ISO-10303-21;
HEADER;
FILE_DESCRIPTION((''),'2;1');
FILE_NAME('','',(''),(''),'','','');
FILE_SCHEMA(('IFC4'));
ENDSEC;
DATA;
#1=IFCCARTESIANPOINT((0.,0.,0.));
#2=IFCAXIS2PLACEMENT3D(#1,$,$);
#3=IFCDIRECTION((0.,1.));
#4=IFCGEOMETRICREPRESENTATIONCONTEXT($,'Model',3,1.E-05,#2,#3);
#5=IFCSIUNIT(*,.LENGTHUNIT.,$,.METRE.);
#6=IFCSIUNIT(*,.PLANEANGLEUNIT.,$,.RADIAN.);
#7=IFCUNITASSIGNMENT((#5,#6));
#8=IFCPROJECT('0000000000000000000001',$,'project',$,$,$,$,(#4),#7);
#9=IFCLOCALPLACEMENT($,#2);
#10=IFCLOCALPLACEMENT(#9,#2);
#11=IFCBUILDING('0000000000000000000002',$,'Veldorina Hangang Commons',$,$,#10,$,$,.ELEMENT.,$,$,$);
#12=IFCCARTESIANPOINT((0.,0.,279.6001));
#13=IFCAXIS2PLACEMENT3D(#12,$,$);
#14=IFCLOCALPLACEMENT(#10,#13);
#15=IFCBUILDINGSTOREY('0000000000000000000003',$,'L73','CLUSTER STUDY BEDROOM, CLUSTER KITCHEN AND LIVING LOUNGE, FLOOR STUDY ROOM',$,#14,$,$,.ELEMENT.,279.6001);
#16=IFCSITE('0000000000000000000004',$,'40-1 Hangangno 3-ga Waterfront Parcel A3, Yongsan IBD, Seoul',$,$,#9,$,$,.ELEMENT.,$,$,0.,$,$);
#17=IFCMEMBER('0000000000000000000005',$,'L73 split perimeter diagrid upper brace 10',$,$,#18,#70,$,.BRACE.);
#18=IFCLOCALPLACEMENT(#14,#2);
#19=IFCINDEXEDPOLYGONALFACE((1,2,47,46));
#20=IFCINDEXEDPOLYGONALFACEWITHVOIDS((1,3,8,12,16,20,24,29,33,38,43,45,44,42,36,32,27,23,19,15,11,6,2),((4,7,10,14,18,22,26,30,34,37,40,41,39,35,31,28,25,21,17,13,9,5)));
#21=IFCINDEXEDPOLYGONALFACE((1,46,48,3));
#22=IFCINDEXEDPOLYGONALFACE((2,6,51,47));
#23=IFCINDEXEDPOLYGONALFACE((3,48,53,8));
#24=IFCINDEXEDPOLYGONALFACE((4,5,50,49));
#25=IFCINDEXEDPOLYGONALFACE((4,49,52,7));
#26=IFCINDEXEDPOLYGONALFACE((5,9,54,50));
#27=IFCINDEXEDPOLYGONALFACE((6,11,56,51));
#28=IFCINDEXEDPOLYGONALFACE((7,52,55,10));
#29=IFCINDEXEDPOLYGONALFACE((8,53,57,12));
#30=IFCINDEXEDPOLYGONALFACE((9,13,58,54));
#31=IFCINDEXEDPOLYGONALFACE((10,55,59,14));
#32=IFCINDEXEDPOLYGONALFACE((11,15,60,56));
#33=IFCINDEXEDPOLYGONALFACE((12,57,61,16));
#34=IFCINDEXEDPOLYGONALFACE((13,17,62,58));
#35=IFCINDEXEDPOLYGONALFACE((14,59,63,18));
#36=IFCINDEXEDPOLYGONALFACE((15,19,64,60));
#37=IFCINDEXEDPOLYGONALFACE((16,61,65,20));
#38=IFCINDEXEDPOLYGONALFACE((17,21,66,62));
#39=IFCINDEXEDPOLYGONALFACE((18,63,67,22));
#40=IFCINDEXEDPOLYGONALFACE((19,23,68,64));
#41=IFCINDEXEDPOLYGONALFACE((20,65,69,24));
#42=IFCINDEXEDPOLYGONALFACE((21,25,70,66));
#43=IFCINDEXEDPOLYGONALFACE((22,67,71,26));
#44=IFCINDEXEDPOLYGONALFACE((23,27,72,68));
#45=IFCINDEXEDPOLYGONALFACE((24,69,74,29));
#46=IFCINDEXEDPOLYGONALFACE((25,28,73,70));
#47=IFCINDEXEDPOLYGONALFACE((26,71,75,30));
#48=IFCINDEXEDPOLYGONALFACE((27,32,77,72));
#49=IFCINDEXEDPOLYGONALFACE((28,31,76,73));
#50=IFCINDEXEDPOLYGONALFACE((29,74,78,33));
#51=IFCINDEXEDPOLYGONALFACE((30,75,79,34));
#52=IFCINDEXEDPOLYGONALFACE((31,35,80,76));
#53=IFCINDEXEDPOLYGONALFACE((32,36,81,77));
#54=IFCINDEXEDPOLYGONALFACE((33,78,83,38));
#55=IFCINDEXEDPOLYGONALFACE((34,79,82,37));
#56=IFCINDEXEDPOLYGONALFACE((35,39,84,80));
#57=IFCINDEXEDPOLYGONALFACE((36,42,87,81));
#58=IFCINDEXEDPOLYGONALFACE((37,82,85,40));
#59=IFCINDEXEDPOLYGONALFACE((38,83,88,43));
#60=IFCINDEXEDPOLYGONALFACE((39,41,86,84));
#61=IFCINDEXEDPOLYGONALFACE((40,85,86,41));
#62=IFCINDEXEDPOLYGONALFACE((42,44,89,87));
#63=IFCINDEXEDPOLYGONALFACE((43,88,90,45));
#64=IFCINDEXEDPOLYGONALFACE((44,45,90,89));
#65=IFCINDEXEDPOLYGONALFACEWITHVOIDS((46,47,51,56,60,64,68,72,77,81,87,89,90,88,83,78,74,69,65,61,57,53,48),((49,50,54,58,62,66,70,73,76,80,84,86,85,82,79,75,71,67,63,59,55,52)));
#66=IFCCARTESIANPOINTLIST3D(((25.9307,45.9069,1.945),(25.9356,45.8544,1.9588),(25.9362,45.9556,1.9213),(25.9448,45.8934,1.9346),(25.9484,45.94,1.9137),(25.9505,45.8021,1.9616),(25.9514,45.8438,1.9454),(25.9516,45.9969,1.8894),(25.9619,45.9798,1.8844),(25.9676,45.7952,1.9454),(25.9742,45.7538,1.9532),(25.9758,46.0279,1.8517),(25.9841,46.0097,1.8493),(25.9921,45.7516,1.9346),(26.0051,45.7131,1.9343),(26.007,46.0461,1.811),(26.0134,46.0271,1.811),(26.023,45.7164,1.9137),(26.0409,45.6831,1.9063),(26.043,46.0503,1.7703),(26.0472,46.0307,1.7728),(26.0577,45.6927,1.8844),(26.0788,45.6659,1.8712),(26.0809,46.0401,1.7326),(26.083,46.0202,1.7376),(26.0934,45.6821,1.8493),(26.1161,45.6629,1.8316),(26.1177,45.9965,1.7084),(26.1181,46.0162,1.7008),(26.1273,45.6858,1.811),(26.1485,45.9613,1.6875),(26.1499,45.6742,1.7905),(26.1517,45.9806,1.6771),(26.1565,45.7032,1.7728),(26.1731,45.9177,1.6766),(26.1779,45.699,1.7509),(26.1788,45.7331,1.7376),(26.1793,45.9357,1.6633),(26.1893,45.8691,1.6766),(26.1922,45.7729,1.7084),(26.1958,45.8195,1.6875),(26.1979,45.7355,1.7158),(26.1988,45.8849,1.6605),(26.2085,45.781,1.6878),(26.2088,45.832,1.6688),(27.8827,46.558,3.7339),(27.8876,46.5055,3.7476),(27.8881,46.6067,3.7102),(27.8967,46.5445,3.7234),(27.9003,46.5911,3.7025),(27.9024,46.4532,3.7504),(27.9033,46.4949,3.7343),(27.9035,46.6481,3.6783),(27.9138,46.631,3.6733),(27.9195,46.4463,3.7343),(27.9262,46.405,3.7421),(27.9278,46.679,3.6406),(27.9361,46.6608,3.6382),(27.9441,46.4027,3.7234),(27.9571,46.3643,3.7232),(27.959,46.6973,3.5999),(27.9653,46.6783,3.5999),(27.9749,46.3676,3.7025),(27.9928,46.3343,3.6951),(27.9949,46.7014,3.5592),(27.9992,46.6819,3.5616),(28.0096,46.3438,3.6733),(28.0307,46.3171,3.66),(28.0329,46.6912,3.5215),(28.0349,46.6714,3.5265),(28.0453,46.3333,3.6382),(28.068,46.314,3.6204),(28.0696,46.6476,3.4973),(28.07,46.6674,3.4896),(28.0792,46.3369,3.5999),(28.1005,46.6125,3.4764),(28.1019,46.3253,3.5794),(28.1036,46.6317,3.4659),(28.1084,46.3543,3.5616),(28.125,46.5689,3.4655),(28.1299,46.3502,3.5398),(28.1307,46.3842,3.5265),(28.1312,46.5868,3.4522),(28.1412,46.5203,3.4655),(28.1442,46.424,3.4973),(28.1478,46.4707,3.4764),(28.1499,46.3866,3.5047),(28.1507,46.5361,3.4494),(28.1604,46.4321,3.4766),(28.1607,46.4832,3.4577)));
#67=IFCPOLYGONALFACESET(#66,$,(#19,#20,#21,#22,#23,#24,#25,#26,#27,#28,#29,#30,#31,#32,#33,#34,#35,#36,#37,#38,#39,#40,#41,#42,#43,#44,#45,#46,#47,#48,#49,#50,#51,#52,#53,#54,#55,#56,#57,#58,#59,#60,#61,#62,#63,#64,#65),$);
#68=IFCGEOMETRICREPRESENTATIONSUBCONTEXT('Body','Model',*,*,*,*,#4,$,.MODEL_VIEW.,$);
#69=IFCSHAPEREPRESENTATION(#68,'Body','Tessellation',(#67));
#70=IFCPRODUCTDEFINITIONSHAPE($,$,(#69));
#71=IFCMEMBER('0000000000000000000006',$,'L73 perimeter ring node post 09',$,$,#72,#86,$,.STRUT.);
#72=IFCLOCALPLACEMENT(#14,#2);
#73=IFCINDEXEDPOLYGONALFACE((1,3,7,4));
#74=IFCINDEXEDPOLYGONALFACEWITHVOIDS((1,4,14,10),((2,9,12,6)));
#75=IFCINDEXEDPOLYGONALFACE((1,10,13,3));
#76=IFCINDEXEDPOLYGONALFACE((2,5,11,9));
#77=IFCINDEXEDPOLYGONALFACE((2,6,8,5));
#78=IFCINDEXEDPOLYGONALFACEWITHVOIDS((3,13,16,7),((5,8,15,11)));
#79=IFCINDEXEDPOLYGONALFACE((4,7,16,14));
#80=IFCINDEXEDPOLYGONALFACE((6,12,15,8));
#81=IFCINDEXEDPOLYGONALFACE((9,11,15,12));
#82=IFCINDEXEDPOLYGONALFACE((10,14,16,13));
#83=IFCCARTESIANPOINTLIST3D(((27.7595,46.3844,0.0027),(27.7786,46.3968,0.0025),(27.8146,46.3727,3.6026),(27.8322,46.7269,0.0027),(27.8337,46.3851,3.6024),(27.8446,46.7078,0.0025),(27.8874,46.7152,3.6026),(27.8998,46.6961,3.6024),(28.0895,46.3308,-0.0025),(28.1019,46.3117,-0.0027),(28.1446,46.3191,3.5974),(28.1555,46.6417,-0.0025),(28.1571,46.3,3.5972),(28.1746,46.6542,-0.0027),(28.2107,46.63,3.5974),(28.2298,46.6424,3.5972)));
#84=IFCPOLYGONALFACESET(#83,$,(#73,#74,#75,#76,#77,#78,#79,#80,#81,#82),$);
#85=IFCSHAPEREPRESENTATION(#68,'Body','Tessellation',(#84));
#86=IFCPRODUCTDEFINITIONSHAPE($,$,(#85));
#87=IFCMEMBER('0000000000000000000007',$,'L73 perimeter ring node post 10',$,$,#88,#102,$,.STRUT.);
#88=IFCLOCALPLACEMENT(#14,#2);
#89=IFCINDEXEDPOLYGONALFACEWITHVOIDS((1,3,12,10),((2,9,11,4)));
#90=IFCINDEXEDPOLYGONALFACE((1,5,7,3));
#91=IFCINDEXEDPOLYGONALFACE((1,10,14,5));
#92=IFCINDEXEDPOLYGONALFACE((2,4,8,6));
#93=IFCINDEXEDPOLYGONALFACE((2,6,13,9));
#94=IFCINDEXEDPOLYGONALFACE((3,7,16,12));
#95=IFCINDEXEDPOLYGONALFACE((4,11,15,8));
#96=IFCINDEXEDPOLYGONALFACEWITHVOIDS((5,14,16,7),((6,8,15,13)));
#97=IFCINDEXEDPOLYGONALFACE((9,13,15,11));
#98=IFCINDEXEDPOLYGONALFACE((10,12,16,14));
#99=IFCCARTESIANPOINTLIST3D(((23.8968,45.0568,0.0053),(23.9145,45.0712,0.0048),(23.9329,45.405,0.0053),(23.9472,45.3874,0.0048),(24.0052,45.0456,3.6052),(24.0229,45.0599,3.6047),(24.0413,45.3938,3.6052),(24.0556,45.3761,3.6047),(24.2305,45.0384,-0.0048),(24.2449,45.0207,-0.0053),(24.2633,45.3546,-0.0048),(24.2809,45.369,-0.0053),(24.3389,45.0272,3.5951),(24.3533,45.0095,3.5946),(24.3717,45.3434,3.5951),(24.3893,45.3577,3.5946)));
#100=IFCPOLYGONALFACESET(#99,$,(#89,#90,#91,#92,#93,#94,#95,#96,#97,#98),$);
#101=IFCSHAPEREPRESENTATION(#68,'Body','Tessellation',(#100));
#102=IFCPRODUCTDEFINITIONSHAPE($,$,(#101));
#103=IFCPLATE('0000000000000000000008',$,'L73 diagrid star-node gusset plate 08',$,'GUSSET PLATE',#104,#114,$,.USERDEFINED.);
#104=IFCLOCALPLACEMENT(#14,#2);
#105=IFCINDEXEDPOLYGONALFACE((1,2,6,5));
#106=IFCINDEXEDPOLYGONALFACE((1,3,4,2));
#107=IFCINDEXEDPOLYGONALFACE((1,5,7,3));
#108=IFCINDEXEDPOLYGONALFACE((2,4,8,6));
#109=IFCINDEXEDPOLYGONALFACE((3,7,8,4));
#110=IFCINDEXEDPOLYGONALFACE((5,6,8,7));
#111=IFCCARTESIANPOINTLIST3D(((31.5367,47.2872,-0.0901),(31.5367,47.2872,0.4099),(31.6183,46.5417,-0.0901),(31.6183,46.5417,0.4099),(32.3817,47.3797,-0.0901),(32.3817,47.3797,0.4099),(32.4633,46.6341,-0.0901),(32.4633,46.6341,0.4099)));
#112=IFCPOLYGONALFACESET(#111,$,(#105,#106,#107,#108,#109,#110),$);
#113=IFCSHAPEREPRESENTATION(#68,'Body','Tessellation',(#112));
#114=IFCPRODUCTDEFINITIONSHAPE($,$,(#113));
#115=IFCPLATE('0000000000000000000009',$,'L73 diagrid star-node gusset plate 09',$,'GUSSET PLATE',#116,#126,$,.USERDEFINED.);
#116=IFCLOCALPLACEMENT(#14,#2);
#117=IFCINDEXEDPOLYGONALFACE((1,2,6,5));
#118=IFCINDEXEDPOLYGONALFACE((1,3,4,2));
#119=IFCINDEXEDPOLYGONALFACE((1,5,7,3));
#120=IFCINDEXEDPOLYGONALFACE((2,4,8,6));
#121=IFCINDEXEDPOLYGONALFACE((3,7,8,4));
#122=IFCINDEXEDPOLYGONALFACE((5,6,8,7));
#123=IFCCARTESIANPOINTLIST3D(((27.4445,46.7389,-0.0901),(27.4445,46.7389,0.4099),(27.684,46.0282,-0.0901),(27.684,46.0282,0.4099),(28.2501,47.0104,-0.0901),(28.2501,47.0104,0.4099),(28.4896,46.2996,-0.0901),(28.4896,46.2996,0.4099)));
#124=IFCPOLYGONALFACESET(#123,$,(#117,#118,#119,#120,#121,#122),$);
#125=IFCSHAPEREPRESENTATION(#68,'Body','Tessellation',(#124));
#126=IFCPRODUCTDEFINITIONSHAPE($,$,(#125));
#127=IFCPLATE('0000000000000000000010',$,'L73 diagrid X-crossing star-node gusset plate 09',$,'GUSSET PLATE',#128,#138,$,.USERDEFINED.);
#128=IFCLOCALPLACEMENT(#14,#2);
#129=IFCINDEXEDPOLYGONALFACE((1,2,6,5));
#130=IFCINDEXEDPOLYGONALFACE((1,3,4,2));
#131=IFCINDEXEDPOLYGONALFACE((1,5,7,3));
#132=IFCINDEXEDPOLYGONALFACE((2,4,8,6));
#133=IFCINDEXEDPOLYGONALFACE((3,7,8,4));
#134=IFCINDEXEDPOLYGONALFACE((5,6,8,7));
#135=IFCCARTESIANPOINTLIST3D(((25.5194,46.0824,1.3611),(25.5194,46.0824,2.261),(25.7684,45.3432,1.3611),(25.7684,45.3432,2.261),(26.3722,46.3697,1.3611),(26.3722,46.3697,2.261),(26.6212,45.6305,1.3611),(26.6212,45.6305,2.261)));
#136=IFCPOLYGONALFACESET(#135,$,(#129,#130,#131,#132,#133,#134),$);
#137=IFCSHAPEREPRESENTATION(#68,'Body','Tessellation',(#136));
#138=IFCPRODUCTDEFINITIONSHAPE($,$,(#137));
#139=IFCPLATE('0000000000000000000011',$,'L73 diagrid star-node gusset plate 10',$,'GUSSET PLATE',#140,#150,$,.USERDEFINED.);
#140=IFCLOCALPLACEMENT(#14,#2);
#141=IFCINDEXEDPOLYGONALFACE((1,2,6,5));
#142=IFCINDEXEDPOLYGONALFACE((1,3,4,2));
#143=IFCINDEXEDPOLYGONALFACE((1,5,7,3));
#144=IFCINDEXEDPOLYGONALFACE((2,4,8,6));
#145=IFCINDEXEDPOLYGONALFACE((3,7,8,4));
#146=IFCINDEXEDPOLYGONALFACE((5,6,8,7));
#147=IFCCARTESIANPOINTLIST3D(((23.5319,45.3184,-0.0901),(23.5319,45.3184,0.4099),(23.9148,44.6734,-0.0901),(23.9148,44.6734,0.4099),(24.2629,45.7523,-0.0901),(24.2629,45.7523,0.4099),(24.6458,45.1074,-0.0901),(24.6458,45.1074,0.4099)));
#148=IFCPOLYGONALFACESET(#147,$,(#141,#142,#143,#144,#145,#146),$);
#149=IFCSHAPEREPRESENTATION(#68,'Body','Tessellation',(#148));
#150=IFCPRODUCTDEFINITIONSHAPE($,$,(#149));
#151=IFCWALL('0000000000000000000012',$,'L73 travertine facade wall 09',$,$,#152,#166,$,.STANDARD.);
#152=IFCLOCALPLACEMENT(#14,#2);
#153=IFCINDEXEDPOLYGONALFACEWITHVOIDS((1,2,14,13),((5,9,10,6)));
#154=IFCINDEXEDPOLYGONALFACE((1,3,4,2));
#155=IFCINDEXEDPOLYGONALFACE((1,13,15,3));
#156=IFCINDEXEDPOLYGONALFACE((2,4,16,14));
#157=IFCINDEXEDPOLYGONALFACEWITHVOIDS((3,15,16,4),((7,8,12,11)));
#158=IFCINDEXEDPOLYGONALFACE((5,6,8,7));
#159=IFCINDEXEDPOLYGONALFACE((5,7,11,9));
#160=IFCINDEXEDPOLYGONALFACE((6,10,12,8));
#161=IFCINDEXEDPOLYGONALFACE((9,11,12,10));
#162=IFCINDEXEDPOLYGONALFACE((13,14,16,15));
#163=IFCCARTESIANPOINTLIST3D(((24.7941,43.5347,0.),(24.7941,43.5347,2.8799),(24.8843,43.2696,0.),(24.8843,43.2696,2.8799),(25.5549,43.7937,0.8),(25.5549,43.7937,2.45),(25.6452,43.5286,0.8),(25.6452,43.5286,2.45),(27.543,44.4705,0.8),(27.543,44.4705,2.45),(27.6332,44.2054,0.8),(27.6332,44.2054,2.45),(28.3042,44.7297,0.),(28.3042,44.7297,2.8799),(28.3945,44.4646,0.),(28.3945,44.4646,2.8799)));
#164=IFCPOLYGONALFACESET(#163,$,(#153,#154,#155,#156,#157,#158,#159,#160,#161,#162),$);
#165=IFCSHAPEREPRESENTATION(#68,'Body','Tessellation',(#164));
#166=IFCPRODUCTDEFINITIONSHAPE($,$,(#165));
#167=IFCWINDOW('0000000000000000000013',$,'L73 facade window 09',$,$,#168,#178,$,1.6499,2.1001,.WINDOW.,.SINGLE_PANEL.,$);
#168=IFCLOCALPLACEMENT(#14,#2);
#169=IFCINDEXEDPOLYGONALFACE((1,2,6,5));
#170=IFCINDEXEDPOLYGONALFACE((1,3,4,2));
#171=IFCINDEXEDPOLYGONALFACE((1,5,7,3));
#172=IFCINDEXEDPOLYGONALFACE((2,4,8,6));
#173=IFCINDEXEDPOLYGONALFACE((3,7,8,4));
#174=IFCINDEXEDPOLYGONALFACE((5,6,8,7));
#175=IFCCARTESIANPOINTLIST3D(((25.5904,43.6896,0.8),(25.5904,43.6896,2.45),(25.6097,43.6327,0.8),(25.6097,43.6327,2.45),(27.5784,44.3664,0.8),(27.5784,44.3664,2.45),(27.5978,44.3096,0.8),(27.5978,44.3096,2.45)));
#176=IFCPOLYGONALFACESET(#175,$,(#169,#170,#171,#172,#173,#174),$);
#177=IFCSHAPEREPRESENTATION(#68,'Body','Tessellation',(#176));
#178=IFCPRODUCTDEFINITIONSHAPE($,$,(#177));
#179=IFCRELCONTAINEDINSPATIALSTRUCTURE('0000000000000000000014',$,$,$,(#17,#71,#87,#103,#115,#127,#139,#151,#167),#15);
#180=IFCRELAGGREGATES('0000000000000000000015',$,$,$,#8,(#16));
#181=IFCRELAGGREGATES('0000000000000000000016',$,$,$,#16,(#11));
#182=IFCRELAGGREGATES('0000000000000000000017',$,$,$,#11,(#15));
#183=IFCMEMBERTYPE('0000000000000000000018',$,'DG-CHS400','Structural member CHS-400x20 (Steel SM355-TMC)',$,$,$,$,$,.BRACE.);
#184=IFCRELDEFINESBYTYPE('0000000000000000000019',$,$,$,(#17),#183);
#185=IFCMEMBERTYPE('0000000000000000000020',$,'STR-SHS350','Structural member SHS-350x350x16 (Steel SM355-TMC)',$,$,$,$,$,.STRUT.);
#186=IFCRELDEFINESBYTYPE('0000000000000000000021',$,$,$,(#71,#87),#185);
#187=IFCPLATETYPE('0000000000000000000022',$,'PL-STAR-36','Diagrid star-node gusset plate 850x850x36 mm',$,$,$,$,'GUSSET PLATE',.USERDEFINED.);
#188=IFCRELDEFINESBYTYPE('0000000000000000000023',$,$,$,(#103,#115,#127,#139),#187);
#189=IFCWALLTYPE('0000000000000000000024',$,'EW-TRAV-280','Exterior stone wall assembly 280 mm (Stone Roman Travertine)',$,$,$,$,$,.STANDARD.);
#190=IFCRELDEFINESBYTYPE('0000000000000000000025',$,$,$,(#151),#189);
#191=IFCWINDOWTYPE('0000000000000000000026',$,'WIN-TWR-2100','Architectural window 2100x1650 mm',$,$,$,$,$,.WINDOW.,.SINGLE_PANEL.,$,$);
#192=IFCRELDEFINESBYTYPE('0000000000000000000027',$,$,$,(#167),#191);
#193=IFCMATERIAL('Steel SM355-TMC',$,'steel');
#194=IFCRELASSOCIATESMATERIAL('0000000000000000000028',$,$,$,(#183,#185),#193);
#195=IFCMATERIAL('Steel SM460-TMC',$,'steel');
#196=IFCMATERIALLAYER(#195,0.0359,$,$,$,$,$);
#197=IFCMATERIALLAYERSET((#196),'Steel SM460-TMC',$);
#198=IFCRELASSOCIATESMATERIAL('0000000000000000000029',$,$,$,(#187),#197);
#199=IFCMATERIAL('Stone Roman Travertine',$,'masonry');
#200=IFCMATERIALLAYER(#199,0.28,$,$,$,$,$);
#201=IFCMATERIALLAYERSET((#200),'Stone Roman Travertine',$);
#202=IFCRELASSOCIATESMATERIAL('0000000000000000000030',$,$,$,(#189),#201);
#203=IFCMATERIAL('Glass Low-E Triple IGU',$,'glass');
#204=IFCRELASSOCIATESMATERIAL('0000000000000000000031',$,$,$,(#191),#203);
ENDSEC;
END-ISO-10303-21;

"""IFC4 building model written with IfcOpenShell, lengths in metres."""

from ifc_helpers import new_model, si_unit, direction, frame, frame_2d, origin, origin_2d, place, context, subcontext, project, spatial, rectangle, hollow_rectangle, hollow_circle, extrude, material, layer, layer_set, material_profile, profile_set, type_object, element, fill, save


model = new_model("IFC4")

# Units and contexts
model_context = context("Model", 3, precision=1e-05, world=origin(), true_north=direction((0.0, 1.0)))
body_context = subcontext(model_context, "Body", "Model", "MODEL_VIEW")
ifc_project = project(units=[si_unit("LENGTHUNIT", "METRE"), si_unit("PLANEANGLEUNIT", "RADIAN")], contexts=[model_context])

# Site, building, storey
site_placement = place(None, origin())
site = spatial("IfcSite", under=ifc_project, at=site_placement, Name="40-1 Hangangno 3-ga Waterfront Parcel A3, Yongsan IBD, Seoul", CompositionType="ELEMENT", RefElevation=0.0)
building_placement = place(site_placement, origin())
building = spatial("IfcBuilding", under=site, at=building_placement, Name="Veldorina Hangang Commons", CompositionType="ELEMENT")
storey_placement = place(building_placement, frame((0.0, 0.0, 279.6001)))
storey = spatial("IfcBuildingStorey", under=building, at=storey_placement, Name="L73", Description="CLUSTER STUDY BEDROOM, CLUSTER KITCHEN AND LIVING LOUNGE, FLOOR STUDY ROOM", CompositionType="ELEMENT", Elevation=279.6001)

# Shared definitions
ifc_material_1 = material(Name="Steel SM355-TMC", Category="steel")

# Members
ifc_material_profile_1 = material_profile(ifc_material_1, hollow_circle(Radius=0.2, WallThickness=0.02, at=origin_2d()), Name="CHS-400x20")
ifc_profile_set_1 = profile_set([ifc_material_profile_1], Name="Steel SM355-TMC")
member_type_1 = type_object("IfcMemberType", Name="DG-CHS400", Description="Structural member CHS-400x20 (Steel SM355-TMC)", PredefinedType="BRACE", material=ifc_profile_set_1)
member_1_placement = place(storey_placement, frame((26.0703, 45.8564, 1.811), z_axis=(0.715903, 0.238813, 0.656088), x_axis=(-0.316441, 0.948612, 0.0)))
element("IfcMember", 1, at=member_1_placement, inside=storey, type_object=member_type_1, Name="L73 split perimeter diagrid upper brace 10", PredefinedType="BRACE", context=body_context, shape_type="SweptSolid", body=[
    extrude(hollow_circle(Radius=0.2, WallThickness=0.02, at=origin_2d()), origin(), (0.0, 0.0, 1.0), 2.7266),
])
ifc_material_profile_2 = material_profile(ifc_material_1, hollow_rectangle(XDim=0.3501, YDim=0.3501, WallThickness=0.0161, at=origin_2d()), Name="SHS-350x350x16")
ifc_profile_set_2 = profile_set([ifc_material_profile_2], Name="Steel SM355-TMC")
member_type_2 = type_object("IfcMemberType", Name="STR-SHS350", Description="Structural member SHS-350x350x16 (Steel SM355-TMC)", PredefinedType="STRUT", material=ifc_profile_set_2)
member_2_placement = place(storey_placement, frame((27.967, 46.5193, 0.0), z_axis=(0.015325, -0.003255, 0.999877), x_axis=(0.207755, 0.978181, 0.0)))
element("IfcMember", 2, at=member_2_placement, inside=storey, type_object=member_type_2, Name="L73 perimeter ring node post 09", PredefinedType="STRUT", context=body_context, shape_type="SweptSolid", body=[
    extrude(hollow_rectangle(XDim=0.3501, YDim=0.3501, WallThickness=0.0161, at=origin_2d()), origin(), (0.0, 0.0, 1.0), 3.6003),
])
member_3_placement = place(storey_placement, frame((24.0889, 45.2129, 0.0), z_axis=(0.030098, -0.003118, 0.999542), x_axis=(0.103052, 0.994676, 0.0)))
element("IfcMember", 3, at=member_3_placement, inside=storey, type_object=member_type_2, Name="L73 perimeter ring node post 10", PredefinedType="STRUT", context=body_context, shape_type="SweptSolid", body=[
    extrude(hollow_rectangle(XDim=0.3501, YDim=0.3501, WallThickness=0.0161, at=origin_2d()), origin(), (0.0, 0.0, 1.0), 3.6016),
])

# Plates
ifc_material_2 = material(Name="Steel SM460-TMC", Category="steel")
ifc_layer_1 = layer(ifc_material_2, 0.0359)
ifc_layer_set_1 = layer_set([ifc_layer_1], Name="Steel SM460-TMC")
plate_type = type_object("IfcPlateType", Name="PL-STAR-36", Description="Diagrid star-node gusset plate 850x850x36 mm", ElementType="GUSSET PLATE", PredefinedType="USERDEFINED", material=ifc_layer_set_1)
for number, where, z_axis, x_axis, name in (
    (4, (32.0, 46.9607, -0.0901), (0.0, 0.0, 1.0), (-0.99407, -0.108745, 0.0), "L73 diagrid star-node gusset plate 08"),
    (5, (27.967, 46.5193, -0.0901), (0.0, 0.0, 1.0), (-0.947657, -0.31929, 0.0), "L73 diagrid star-node gusset plate 09"),
):
    element("IfcPlate", number, at=place(storey_placement, frame(where, z_axis=z_axis, x_axis=x_axis)), inside=storey, type_object=plate_type, Name=name, ObjectType="GUSSET PLATE", PredefinedType="USERDEFINED", context=body_context, shape_type="SweptSolid", body=[
        extrude(rectangle(XDim=0.8501, YDim=0.75, at=origin_2d()), origin(), (0.0, 0.0, 1.0), 0.5),
    ])
plate_1_placement = place(storey_placement, frame((26.0703, 45.8564, 1.3611), z_axis=(0.0, 0.0, 1.0), x_axis=(-0.947657, -0.31929, 0.0)))
element("IfcPlate", 6, at=plate_1_placement, inside=storey, type_object=plate_type, Name="L73 diagrid X-crossing star-node gusset plate 09", ObjectType="GUSSET PLATE", PredefinedType="USERDEFINED", context=body_context, shape_type="SweptSolid", body=[
    extrude(rectangle(XDim=0.8999, YDim=0.78, at=origin_2d()), origin(), (0.0, 0.0, 1.0), 0.8999),
])
plate_2_placement = place(storey_placement, frame((24.0889, 45.2129, -0.0901), z_axis=(0.0, 0.0, 1.0), x_axis=(-0.859879, -0.510498, 0.0)))
element("IfcPlate", 7, at=plate_2_placement, inside=storey, type_object=plate_type, Name="L73 diagrid star-node gusset plate 10", ObjectType="GUSSET PLATE", PredefinedType="USERDEFINED", context=body_context, shape_type="SweptSolid", body=[
    extrude(rectangle(XDim=0.8501, YDim=0.75, at=origin_2d()), origin(), (0.0, 0.0, 1.0), 0.5),
])

# Wall, opening, window
ifc_material_3 = material(Name="Stone Roman Travertine", Category="masonry")
ifc_layer_2 = layer(ifc_material_3, 0.28)
ifc_layer_set_2 = layer_set([ifc_layer_2], Name="Stone Roman Travertine")
wall_type_1 = type_object("IfcWallType", Name="EW-TRAV-280", Description="Exterior stone wall assembly 280 mm (Stone Roman Travertine)", PredefinedType="STANDARD", material=ifc_layer_set_2)
wall_1_placement = place(storey_placement, frame((28.3494, 44.5972, 0.0), z_axis=(0.0, 0.0, 1.0), x_axis=(-0.946643, -0.322285, 0.0)))
wall_1 = element("IfcWall", 8, at=wall_1_placement, inside=storey, type_object=wall_type_1, Name="L73 travertine facade wall 09", PredefinedType="STANDARD", context=body_context, shape_type="SweptSolid", body=[
    extrude(rectangle(XDim=3.708, YDim=0.28, at=frame_2d((1.854, 0.0))), origin(), (0.0, 0.0, 1.0), 2.8799),
])
opening_1_placement = place(wall_1_placement, frame((0.8042, 0.0, 0.8)))
opening_1 = element("IfcOpeningElement", 9, at=opening_1_placement, cuts=wall_1, PredefinedType="OPENING", context=body_context, shape_type="SweptSolid", body=[
    extrude(rectangle(XDim=2.1001, YDim=1.6499, at=frame_2d((1.05, 0.825))), frame((0.0, 0.1499, 0.0), z_axis=(0.0, -1.0, 0.0), x_axis=(1.0, 0.0, 0.0)), (0.0, 0.0, 1.0), 0.3),
])
ifc_material_4 = material(Name="Glass Low-E Triple IGU", Category="glass")
window_type_1 = type_object("IfcWindowType", Name="WIN-TWR-2100", Description="Architectural window 2100x1650 mm", PartitioningType="SINGLE_PANEL", PredefinedType="WINDOW", material=ifc_material_4)
window_1_placement = place(opening_1_placement, origin())
window_1 = element("IfcWindow", 10, at=window_1_placement, inside=storey, type_object=window_type_1, Name="L73 facade window 09", OverallHeight=1.6499, OverallWidth=2.1001, PartitioningType="SINGLE_PANEL", PredefinedType="WINDOW", context=body_context, shape_type="SweptSolid", body=[
    extrude(rectangle(XDim=2.1001, YDim=1.6499, at=frame_2d((1.05, 0.825))), frame((0.0, 0.03, 0.0), z_axis=(0.0, -1.0, 0.0), x_axis=(1.0, 0.0, 0.0)), (0.0, 0.0, 1.0), 0.0601),
])
fill(opening_1, window_1)

save(model, "model.ifc")
